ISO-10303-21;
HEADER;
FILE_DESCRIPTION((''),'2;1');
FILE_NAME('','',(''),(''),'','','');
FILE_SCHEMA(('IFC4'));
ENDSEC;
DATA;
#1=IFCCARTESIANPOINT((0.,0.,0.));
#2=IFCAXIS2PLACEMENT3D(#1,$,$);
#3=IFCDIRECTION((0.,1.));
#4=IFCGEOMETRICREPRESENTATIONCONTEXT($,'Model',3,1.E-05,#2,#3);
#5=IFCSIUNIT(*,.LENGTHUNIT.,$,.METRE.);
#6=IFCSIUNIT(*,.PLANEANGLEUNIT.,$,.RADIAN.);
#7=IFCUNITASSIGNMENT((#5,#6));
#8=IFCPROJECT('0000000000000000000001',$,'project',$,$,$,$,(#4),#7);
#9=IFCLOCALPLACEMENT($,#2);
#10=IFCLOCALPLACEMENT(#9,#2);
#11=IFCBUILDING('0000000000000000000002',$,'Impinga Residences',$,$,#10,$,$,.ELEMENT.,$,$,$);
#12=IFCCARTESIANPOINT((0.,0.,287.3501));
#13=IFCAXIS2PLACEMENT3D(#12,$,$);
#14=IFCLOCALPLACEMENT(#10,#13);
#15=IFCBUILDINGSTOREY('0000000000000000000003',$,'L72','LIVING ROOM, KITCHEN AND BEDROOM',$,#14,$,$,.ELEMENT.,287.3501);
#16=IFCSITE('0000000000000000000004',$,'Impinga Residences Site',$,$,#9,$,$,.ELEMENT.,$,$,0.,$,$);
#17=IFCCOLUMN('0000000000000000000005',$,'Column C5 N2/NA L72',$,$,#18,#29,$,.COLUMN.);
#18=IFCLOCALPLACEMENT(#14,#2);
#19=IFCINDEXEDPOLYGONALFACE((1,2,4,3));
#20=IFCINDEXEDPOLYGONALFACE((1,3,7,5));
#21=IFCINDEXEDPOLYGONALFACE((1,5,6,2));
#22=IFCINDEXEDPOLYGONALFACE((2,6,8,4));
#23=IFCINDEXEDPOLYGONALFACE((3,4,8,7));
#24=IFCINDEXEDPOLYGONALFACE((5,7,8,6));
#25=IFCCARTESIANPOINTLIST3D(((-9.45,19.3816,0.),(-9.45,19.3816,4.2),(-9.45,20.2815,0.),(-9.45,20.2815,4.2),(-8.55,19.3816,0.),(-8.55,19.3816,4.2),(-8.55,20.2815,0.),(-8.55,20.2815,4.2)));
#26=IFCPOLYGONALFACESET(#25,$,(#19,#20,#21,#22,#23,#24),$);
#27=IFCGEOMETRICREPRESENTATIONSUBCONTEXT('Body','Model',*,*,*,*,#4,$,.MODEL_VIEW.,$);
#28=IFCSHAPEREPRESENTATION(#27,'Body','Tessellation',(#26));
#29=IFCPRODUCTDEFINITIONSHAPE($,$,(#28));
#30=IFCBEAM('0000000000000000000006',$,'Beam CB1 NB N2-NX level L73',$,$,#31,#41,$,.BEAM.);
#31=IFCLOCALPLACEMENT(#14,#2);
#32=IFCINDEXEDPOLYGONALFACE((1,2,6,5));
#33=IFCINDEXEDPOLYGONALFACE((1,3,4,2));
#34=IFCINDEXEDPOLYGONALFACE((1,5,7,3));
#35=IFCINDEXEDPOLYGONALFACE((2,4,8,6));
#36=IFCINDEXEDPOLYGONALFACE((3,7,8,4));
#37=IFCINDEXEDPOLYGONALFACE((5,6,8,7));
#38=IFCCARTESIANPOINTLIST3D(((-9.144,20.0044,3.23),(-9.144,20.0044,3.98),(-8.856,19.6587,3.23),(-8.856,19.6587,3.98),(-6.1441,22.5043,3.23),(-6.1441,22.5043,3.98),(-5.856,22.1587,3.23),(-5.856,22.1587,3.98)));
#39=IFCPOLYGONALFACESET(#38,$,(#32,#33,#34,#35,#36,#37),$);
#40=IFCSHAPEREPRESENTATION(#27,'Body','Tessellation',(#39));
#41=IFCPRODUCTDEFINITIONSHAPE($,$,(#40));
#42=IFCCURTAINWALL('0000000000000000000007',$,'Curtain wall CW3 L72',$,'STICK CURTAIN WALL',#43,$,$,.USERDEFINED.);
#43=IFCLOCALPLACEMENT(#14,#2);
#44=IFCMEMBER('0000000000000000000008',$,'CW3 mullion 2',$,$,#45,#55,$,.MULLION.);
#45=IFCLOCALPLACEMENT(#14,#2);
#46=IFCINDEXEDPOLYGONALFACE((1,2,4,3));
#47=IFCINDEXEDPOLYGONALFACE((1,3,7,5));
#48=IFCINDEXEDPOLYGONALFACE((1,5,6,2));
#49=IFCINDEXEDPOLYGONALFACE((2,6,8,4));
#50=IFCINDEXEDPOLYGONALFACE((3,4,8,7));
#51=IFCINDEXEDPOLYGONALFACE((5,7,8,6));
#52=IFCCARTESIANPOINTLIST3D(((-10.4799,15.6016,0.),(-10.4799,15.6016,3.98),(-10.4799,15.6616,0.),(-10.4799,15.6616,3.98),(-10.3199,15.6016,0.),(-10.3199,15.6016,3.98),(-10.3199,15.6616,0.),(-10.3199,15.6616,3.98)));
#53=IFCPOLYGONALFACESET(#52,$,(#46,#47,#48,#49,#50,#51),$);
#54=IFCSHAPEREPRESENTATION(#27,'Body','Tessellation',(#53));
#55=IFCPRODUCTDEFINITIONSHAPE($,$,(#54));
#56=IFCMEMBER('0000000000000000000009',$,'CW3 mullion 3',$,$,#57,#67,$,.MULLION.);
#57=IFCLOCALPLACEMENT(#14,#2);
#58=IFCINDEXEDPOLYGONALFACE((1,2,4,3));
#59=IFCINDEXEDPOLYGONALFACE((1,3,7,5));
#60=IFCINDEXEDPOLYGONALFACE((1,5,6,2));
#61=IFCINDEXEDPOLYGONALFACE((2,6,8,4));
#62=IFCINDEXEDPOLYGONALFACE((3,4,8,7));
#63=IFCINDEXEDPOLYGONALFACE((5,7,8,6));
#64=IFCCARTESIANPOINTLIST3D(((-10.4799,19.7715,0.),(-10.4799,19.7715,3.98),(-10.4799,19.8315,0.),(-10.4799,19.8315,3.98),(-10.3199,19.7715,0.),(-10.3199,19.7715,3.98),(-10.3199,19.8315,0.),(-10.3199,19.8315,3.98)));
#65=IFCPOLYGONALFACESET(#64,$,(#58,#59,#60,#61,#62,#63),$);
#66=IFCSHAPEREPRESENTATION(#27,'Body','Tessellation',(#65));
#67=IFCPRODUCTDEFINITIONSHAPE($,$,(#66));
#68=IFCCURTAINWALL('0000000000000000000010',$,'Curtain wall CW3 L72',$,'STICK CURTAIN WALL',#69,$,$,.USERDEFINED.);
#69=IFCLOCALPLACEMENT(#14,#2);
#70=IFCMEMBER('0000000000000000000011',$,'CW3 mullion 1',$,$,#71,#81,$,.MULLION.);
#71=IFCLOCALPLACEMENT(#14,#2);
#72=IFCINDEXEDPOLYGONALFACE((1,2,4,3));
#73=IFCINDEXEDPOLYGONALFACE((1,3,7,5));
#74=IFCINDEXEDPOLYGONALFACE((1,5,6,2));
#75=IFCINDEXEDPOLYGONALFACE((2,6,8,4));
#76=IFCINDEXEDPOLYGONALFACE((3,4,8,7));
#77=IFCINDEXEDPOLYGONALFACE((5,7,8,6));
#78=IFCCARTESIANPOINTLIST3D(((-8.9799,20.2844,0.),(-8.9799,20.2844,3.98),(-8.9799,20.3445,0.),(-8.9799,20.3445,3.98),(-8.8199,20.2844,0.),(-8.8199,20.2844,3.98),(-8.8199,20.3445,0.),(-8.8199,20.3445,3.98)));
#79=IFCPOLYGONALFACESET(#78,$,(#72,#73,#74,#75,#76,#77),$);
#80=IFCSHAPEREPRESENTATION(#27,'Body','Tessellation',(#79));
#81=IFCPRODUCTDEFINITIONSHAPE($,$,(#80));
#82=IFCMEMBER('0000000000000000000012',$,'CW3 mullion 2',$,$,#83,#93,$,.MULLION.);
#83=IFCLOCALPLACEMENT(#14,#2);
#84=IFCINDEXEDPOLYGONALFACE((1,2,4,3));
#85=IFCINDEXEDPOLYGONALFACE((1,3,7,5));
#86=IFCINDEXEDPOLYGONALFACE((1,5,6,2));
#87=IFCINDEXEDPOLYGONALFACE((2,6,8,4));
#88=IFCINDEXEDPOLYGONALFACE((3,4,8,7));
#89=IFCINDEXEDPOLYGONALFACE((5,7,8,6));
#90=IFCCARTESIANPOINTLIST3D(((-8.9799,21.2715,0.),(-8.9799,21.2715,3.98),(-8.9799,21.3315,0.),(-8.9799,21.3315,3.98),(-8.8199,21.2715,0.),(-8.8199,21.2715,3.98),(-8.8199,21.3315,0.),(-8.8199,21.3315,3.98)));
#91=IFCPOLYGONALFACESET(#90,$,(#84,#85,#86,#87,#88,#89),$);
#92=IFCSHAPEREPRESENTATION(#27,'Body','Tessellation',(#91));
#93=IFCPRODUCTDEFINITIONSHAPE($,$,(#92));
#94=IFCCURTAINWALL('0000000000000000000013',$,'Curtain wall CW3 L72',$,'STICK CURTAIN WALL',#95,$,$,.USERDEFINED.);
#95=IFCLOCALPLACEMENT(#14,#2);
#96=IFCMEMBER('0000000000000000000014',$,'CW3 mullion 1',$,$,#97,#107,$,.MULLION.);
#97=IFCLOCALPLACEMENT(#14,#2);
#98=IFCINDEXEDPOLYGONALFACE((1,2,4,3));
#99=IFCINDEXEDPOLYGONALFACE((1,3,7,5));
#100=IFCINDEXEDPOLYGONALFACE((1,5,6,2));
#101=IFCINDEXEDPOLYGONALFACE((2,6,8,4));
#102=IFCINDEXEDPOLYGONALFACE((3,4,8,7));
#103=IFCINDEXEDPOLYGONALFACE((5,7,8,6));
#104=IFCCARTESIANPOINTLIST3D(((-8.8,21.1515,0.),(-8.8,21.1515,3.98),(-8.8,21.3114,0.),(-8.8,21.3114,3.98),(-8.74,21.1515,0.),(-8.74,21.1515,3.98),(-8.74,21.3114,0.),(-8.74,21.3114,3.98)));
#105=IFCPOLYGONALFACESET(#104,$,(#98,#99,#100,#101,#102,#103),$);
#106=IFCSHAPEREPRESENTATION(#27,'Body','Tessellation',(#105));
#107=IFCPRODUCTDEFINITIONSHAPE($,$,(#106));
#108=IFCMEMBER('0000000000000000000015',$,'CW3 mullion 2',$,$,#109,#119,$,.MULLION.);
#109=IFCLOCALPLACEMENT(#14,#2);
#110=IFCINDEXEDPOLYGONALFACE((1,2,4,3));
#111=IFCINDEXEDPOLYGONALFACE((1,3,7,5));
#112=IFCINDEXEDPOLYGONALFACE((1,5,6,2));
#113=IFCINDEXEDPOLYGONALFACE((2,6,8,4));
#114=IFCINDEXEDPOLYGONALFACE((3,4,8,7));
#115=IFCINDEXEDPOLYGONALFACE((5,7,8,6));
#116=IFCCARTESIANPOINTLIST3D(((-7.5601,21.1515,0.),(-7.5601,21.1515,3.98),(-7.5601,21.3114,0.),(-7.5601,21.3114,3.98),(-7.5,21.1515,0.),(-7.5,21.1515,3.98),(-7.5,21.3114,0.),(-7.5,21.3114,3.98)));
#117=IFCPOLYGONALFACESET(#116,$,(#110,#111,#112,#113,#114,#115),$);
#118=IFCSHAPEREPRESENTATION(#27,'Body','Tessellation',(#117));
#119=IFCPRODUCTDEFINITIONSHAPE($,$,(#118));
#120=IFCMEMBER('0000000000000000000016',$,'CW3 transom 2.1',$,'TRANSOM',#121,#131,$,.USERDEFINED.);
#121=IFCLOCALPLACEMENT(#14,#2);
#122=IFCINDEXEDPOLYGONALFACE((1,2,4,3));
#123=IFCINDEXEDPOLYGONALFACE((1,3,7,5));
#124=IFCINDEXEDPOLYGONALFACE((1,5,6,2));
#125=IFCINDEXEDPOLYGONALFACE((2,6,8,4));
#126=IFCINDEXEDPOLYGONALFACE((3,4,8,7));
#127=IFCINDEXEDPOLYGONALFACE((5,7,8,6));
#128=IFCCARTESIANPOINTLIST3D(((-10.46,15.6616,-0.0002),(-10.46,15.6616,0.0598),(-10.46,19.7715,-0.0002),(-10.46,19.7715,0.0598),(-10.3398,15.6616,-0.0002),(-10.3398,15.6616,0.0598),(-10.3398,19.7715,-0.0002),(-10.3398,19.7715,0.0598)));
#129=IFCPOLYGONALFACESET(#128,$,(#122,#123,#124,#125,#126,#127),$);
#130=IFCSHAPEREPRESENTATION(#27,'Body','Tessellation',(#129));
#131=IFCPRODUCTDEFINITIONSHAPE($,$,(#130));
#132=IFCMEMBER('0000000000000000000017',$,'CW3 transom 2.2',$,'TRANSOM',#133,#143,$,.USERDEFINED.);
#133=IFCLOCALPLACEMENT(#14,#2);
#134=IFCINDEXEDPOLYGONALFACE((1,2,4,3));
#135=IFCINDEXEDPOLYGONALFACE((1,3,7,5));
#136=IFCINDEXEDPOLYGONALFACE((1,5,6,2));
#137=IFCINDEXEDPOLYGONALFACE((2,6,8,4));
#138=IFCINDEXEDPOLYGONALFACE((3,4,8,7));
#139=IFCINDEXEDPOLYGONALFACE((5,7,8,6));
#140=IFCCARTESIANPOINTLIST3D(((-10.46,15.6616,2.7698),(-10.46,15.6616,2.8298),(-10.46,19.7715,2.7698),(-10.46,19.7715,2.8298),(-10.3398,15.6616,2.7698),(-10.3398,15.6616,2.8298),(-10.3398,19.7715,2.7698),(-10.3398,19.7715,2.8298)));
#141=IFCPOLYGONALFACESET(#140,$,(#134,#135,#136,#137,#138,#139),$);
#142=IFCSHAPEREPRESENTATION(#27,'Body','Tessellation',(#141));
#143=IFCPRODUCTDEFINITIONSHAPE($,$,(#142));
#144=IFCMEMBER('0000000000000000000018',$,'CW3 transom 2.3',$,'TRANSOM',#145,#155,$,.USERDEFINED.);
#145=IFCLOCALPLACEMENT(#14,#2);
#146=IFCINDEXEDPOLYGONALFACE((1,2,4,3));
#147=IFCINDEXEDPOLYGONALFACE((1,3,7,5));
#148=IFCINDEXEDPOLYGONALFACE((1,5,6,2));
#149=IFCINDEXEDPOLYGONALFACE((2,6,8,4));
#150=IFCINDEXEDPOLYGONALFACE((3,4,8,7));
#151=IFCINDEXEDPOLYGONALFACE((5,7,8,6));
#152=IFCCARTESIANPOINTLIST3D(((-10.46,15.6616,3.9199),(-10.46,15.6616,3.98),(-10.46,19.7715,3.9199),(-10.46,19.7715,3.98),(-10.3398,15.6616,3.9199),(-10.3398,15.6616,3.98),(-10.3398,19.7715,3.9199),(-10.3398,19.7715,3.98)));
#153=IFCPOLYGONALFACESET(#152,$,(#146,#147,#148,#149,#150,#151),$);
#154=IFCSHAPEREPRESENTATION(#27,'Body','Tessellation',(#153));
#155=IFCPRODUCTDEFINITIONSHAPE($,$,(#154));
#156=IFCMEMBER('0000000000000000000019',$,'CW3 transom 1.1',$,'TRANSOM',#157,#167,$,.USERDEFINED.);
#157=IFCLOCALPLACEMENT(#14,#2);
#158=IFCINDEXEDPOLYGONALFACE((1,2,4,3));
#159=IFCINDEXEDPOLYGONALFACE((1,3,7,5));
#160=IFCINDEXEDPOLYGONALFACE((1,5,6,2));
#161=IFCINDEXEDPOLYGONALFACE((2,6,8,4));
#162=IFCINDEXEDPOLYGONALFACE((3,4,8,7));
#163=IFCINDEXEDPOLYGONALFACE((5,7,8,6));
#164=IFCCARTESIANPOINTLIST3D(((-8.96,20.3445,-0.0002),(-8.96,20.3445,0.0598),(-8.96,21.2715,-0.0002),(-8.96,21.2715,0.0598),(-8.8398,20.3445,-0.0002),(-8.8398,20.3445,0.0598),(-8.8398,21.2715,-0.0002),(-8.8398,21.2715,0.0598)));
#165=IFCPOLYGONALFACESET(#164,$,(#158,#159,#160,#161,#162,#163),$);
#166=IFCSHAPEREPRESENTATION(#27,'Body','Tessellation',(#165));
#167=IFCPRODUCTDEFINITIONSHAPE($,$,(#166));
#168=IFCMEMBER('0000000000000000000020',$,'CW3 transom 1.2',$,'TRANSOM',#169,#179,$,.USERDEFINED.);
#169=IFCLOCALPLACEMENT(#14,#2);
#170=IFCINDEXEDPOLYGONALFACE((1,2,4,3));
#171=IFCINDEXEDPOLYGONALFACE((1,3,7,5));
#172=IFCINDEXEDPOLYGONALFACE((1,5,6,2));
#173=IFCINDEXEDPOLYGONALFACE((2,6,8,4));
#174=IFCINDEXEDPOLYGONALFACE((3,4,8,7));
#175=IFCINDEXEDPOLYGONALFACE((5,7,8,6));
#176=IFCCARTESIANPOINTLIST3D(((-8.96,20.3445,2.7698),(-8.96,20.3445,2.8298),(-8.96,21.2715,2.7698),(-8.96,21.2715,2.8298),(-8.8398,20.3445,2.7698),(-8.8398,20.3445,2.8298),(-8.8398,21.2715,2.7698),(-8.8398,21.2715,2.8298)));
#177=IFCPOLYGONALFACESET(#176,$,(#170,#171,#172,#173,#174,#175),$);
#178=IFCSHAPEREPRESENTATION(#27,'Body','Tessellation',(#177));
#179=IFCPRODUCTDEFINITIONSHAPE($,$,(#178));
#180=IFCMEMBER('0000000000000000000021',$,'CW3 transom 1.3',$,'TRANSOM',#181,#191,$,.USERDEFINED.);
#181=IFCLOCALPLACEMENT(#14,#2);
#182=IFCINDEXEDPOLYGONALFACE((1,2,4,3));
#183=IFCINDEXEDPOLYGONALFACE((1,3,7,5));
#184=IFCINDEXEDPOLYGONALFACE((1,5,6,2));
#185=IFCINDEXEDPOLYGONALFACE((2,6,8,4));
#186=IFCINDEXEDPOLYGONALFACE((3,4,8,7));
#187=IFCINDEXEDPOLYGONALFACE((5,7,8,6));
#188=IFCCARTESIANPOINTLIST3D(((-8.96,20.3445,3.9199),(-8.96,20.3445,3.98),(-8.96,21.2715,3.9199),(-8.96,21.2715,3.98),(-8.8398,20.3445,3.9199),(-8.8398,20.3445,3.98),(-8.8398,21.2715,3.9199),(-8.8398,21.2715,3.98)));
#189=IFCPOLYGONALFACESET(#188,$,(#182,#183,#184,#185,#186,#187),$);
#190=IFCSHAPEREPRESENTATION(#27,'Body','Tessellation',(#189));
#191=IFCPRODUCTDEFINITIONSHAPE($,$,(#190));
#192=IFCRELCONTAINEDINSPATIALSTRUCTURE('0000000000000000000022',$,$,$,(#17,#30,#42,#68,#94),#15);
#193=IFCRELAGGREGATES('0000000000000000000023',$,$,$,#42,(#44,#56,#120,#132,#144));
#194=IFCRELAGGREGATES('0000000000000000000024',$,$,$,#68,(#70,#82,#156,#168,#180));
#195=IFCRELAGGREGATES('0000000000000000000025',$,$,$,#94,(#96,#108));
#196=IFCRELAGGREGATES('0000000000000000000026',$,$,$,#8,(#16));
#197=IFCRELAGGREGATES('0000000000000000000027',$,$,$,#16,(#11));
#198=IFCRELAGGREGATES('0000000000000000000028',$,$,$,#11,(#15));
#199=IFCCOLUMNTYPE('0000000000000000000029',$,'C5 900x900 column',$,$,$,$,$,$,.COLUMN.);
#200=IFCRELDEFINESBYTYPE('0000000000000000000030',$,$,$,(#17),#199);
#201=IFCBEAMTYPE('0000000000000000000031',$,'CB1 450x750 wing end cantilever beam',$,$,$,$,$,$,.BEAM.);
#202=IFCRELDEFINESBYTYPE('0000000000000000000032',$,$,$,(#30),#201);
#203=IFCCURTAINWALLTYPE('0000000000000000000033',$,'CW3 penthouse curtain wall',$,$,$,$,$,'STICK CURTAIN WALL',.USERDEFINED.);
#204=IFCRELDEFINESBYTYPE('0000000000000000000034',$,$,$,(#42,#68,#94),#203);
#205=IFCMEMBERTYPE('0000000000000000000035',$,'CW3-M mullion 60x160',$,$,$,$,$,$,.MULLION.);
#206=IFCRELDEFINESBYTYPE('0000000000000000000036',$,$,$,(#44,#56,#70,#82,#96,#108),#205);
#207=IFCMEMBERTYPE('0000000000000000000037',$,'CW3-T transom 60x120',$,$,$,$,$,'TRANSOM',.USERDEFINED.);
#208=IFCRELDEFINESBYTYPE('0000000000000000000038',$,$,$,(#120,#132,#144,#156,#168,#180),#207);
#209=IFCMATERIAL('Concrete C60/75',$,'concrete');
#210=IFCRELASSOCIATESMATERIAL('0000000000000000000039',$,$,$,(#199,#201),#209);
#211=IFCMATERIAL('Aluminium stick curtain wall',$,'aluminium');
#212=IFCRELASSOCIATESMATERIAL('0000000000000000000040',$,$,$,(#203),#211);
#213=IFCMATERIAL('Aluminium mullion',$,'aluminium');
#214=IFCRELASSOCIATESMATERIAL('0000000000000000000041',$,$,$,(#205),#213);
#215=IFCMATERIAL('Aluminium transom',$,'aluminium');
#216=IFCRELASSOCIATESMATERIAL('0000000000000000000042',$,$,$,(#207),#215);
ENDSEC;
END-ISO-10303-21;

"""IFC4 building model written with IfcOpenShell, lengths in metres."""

from ifc_helpers import new_model, si_unit, direction, frame, origin, origin_2d, place, context, subcontext, project, spatial, rectangle, extrude, material, material_profile, profile_set, type_object, element, aggregate, save


model = new_model("IFC4")

# Units and contexts
model_context = context("Model", 3, precision=1e-05, world=origin(), true_north=direction((0.0, 1.0)))
body_context = subcontext(model_context, "Body", "Model", "MODEL_VIEW")
ifc_project = project(units=[si_unit("LENGTHUNIT", "METRE"), si_unit("PLANEANGLEUNIT", "RADIAN")], contexts=[model_context])

# Site, building, storey
site_placement = place(None, origin())
site = spatial("IfcSite", under=ifc_project, at=site_placement, Name="Impinga Residences Site", CompositionType="ELEMENT", RefElevation=0.0)
building_placement = place(site_placement, origin())
building = spatial("IfcBuilding", under=site, at=building_placement, Name="Impinga Residences", CompositionType="ELEMENT")
storey_placement = place(building_placement, frame((0.0, 0.0, 287.3501)))
storey = spatial("IfcBuildingStorey", under=building, at=storey_placement, Name="L72", Description="LIVING ROOM, KITCHEN AND BEDROOM", CompositionType="ELEMENT", Elevation=287.3501)

# Column
ifc_material_1 = material(Name="Concrete C60/75", Category="concrete")
ifc_material_profile_1 = material_profile(ifc_material_1, rectangle(XDim=0.8999, YDim=0.8999, at=origin_2d()), Name="RC 900x900")
ifc_profile_set_1 = profile_set([ifc_material_profile_1], Name="Concrete C60/75")
column_type = type_object("IfcColumnType", Name="C5 900x900 column", PredefinedType="COLUMN", material=ifc_profile_set_1)
column_placement = place(storey_placement, frame((-9.0, 19.8315, 0.0), z_axis=(0.0, 0.0, 1.0), x_axis=(1.0, 0.0, 0.0)))
element("IfcColumn", 1, at=column_placement, inside=storey, type_object=column_type, Name="Column C5 N2/NA L72", PredefinedType="COLUMN", context=body_context, shape_type="SweptSolid", body=[
    extrude(rectangle(XDim=0.8999, YDim=0.8999, at=origin_2d()), origin(), (0.0, 0.0, 1.0), 4.2),
])

# Beam
ifc_material_profile_2 = material_profile(ifc_material_1, rectangle(XDim=0.45, YDim=0.75, at=origin_2d()), Name="RC 450x750")
ifc_profile_set_2 = profile_set([ifc_material_profile_2], Name="Concrete C60/75")
beam_type = type_object("IfcBeamType", Name="CB1 450x750 wing end cantilever beam", PredefinedType="BEAM", material=ifc_profile_set_2)
beam_placement = place(storey_placement, frame((-9.0, 19.8315, 3.605), z_axis=(0.768221, 0.640184, 0.0), x_axis=(-0.640184, 0.768221, 0.0)))
element("IfcBeam", 2, at=beam_placement, inside=storey, type_object=beam_type, Name="Beam CB1 NB N2-NX level L73", PredefinedType="BEAM", context=body_context, shape_type="SweptSolid", body=[
    extrude(rectangle(XDim=0.45, YDim=0.75, at=origin_2d()), origin(), (0.0, 0.0, 1.0), 3.905),
])

# Curtain walls, members
ifc_material_2 = material(Name="Aluminium stick curtain wall", Category="aluminium")
curtain_wall_type = type_object("IfcCurtainWallType", Name="CW3 penthouse curtain wall", ElementType="STICK CURTAIN WALL", PredefinedType="USERDEFINED", material=ifc_material_2)
curtain_wall_1_placement = place(storey_placement, origin())
curtain_wall_1 = element("IfcCurtainWall", 3, at=curtain_wall_1_placement, inside=storey, type_object=curtain_wall_type, Name="Curtain wall CW3 L72", ObjectType="STICK CURTAIN WALL", PredefinedType="USERDEFINED")
ifc_material_3 = material(Name="Aluminium mullion", Category="aluminium")
ifc_material_profile_3 = material_profile(ifc_material_3, rectangle(XDim=0.0601, YDim=0.1599, at=origin_2d()), Name="60x160 mullion")
ifc_profile_set_3 = profile_set([ifc_material_profile_3], Name="Aluminium mullion")
member_type_1 = type_object("IfcMemberType", Name="CW3-M mullion 60x160", PredefinedType="MULLION", material=ifc_profile_set_3)
member_1_placement = place(storey_placement, frame((-10.3999, 15.6316, 0.0), z_axis=(0.0, 0.0, 1.0), x_axis=(0.0, 1.0, 0.0)))
member_1 = element("IfcMember", 4, at=member_1_placement, type_object=member_type_1, Name="CW3 mullion 2", PredefinedType="MULLION", context=body_context, shape_type="SweptSolid", body=[
    extrude(rectangle(XDim=0.0601, YDim=0.1599, at=origin_2d()), origin(), (0.0, 0.0, 1.0), 3.98),
])
member_2_placement = place(storey_placement, frame((-10.3999, 19.8015, 0.0), z_axis=(0.0, 0.0, 1.0), x_axis=(0.0, 1.0, 0.0)))
member_2 = element("IfcMember", 5, at=member_2_placement, type_object=member_type_1, Name="CW3 mullion 3", PredefinedType="MULLION", context=body_context, shape_type="SweptSolid", body=[
    extrude(rectangle(XDim=0.0601, YDim=0.1599, at=origin_2d()), origin(), (0.0, 0.0, 1.0), 3.98),
])
curtain_wall_2_placement = place(storey_placement, origin())
curtain_wall_2 = element("IfcCurtainWall", 6, at=curtain_wall_2_placement, inside=storey, type_object=curtain_wall_type, Name="Curtain wall CW3 L72", ObjectType="STICK CURTAIN WALL", PredefinedType="USERDEFINED")
member_3_placement = place(storey_placement, frame((-8.8999, 20.3145, 0.0), z_axis=(0.0, 0.0, 1.0), x_axis=(0.0, 1.0, 0.0)))
member_3 = element("IfcMember", 7, at=member_3_placement, type_object=member_type_1, Name="CW3 mullion 1", PredefinedType="MULLION", context=body_context, shape_type="SweptSolid", body=[
    extrude(rectangle(XDim=0.0601, YDim=0.1599, at=origin_2d()), origin(), (0.0, 0.0, 1.0), 3.98),
])
member_4_placement = place(storey_placement, frame((-8.8999, 21.3015, 0.0), z_axis=(0.0, 0.0, 1.0), x_axis=(0.0, 1.0, 0.0)))
member_4 = element("IfcMember", 8, at=member_4_placement, type_object=member_type_1, Name="CW3 mullion 2", PredefinedType="MULLION", context=body_context, shape_type="SweptSolid", body=[
    extrude(rectangle(XDim=0.0601, YDim=0.1599, at=origin_2d()), origin(), (0.0, 0.0, 1.0), 3.98),
])
curtain_wall_3_placement = place(storey_placement, origin())
curtain_wall_3 = element("IfcCurtainWall", 9, at=curtain_wall_3_placement, inside=storey, type_object=curtain_wall_type, Name="Curtain wall CW3 L72", ObjectType="STICK CURTAIN WALL", PredefinedType="USERDEFINED")
member_5_placement = place(storey_placement, frame((-8.77, 21.2314, 0.0), z_axis=(0.0, 0.0, 1.0), x_axis=(1.0, 0.0, 0.0)))
member_5 = element("IfcMember", 10, at=member_5_placement, type_object=member_type_1, Name="CW3 mullion 1", PredefinedType="MULLION", context=body_context, shape_type="SweptSolid", body=[
    extrude(rectangle(XDim=0.0601, YDim=0.1599, at=origin_2d()), origin(), (0.0, 0.0, 1.0), 3.98),
])
member_6_placement = place(storey_placement, frame((-7.53, 21.2314, 0.0), z_axis=(0.0, 0.0, 1.0), x_axis=(1.0, 0.0, 0.0)))
member_6 = element("IfcMember", 11, at=member_6_placement, type_object=member_type_1, Name="CW3 mullion 2", PredefinedType="MULLION", context=body_context, shape_type="SweptSolid", body=[
    extrude(rectangle(XDim=0.0601, YDim=0.1599, at=origin_2d()), origin(), (0.0, 0.0, 1.0), 3.98),
])

# Members
ifc_material_4 = material(Name="Aluminium transom", Category="aluminium")
ifc_material_profile_4 = material_profile(ifc_material_4, rectangle(XDim=0.0601, YDim=0.1201, at=origin_2d()), Name="60x120 transom")
ifc_profile_set_4 = profile_set([ifc_material_profile_4], Name="Aluminium transom")
member_type_2 = type_object("IfcMemberType", Name="CW3-T transom 60x120", ElementType="TRANSOM", PredefinedType="USERDEFINED", material=ifc_profile_set_4)
member_7_placement = place(storey_placement, frame((-10.3999, 15.6616, 0.0298), z_axis=(0.0, 1.0, 0.0), x_axis=(0.0, 0.0, 1.0)))
member_7 = element("IfcMember", 12, at=member_7_placement, type_object=member_type_2, Name="CW3 transom 2.1", ObjectType="TRANSOM", PredefinedType="USERDEFINED", context=body_context, shape_type="SweptSolid", body=[
    extrude(rectangle(XDim=0.0601, YDim=0.1201, at=origin_2d()), origin(), (0.0, 0.0, 1.0), 4.1099),
])
member_8_placement = place(storey_placement, frame((-10.3999, 15.6616, 2.7998), z_axis=(0.0, 1.0, 0.0), x_axis=(0.0, 0.0, 1.0)))
member_8 = element("IfcMember", 13, at=member_8_placement, type_object=member_type_2, Name="CW3 transom 2.2", ObjectType="TRANSOM", PredefinedType="USERDEFINED", context=body_context, shape_type="SweptSolid", body=[
    extrude(rectangle(XDim=0.0601, YDim=0.1201, at=origin_2d()), origin(), (0.0, 0.0, 1.0), 4.1099),
])
member_9_placement = place(storey_placement, frame((-10.3999, 15.6616, 3.95), z_axis=(0.0, 1.0, 0.0), x_axis=(0.0, 0.0, 1.0)))
member_9 = element("IfcMember", 14, at=member_9_placement, type_object=member_type_2, Name="CW3 transom 2.3", ObjectType="TRANSOM", PredefinedType="USERDEFINED", context=body_context, shape_type="SweptSolid", body=[
    extrude(rectangle(XDim=0.0601, YDim=0.1201, at=origin_2d()), origin(), (0.0, 0.0, 1.0), 4.1099),
])
member_10_placement = place(storey_placement, frame((-8.8999, 20.3445, 0.0298), z_axis=(0.0, 1.0, 0.0), x_axis=(0.0, 0.0, 1.0)))
member_10 = element("IfcMember", 15, at=member_10_placement, type_object=member_type_2, Name="CW3 transom 1.1", ObjectType="TRANSOM", PredefinedType="USERDEFINED", context=body_context, shape_type="SweptSolid", body=[
    extrude(rectangle(XDim=0.0601, YDim=0.1201, at=origin_2d()), origin(), (0.0, 0.0, 1.0), 0.927),
])
member_11_placement = place(storey_placement, frame((-8.8999, 20.3445, 2.7998), z_axis=(0.0, 1.0, 0.0), x_axis=(0.0, 0.0, 1.0)))
member_11 = element("IfcMember", 16, at=member_11_placement, type_object=member_type_2, Name="CW3 transom 1.2", ObjectType="TRANSOM", PredefinedType="USERDEFINED", context=body_context, shape_type="SweptSolid", body=[
    extrude(rectangle(XDim=0.0601, YDim=0.1201, at=origin_2d()), origin(), (0.0, 0.0, 1.0), 0.927),
])
member_12_placement = place(storey_placement, frame((-8.8999, 20.3445, 3.95), z_axis=(0.0, 1.0, 0.0), x_axis=(0.0, 0.0, 1.0)))
member_12 = element("IfcMember", 17, at=member_12_placement, type_object=member_type_2, Name="CW3 transom 1.3", ObjectType="TRANSOM", PredefinedType="USERDEFINED", context=body_context, shape_type="SweptSolid", body=[
    extrude(rectangle(XDim=0.0601, YDim=0.1201, at=origin_2d()), origin(), (0.0, 0.0, 1.0), 0.927),
])

aggregate(curtain_wall_1, [member_1, member_2, member_7, member_8, member_9])
aggregate(curtain_wall_2, [member_3, member_4, member_10, member_11, member_12])
aggregate(curtain_wall_3, [member_5, member_6])

save(model, "model.ifc")
